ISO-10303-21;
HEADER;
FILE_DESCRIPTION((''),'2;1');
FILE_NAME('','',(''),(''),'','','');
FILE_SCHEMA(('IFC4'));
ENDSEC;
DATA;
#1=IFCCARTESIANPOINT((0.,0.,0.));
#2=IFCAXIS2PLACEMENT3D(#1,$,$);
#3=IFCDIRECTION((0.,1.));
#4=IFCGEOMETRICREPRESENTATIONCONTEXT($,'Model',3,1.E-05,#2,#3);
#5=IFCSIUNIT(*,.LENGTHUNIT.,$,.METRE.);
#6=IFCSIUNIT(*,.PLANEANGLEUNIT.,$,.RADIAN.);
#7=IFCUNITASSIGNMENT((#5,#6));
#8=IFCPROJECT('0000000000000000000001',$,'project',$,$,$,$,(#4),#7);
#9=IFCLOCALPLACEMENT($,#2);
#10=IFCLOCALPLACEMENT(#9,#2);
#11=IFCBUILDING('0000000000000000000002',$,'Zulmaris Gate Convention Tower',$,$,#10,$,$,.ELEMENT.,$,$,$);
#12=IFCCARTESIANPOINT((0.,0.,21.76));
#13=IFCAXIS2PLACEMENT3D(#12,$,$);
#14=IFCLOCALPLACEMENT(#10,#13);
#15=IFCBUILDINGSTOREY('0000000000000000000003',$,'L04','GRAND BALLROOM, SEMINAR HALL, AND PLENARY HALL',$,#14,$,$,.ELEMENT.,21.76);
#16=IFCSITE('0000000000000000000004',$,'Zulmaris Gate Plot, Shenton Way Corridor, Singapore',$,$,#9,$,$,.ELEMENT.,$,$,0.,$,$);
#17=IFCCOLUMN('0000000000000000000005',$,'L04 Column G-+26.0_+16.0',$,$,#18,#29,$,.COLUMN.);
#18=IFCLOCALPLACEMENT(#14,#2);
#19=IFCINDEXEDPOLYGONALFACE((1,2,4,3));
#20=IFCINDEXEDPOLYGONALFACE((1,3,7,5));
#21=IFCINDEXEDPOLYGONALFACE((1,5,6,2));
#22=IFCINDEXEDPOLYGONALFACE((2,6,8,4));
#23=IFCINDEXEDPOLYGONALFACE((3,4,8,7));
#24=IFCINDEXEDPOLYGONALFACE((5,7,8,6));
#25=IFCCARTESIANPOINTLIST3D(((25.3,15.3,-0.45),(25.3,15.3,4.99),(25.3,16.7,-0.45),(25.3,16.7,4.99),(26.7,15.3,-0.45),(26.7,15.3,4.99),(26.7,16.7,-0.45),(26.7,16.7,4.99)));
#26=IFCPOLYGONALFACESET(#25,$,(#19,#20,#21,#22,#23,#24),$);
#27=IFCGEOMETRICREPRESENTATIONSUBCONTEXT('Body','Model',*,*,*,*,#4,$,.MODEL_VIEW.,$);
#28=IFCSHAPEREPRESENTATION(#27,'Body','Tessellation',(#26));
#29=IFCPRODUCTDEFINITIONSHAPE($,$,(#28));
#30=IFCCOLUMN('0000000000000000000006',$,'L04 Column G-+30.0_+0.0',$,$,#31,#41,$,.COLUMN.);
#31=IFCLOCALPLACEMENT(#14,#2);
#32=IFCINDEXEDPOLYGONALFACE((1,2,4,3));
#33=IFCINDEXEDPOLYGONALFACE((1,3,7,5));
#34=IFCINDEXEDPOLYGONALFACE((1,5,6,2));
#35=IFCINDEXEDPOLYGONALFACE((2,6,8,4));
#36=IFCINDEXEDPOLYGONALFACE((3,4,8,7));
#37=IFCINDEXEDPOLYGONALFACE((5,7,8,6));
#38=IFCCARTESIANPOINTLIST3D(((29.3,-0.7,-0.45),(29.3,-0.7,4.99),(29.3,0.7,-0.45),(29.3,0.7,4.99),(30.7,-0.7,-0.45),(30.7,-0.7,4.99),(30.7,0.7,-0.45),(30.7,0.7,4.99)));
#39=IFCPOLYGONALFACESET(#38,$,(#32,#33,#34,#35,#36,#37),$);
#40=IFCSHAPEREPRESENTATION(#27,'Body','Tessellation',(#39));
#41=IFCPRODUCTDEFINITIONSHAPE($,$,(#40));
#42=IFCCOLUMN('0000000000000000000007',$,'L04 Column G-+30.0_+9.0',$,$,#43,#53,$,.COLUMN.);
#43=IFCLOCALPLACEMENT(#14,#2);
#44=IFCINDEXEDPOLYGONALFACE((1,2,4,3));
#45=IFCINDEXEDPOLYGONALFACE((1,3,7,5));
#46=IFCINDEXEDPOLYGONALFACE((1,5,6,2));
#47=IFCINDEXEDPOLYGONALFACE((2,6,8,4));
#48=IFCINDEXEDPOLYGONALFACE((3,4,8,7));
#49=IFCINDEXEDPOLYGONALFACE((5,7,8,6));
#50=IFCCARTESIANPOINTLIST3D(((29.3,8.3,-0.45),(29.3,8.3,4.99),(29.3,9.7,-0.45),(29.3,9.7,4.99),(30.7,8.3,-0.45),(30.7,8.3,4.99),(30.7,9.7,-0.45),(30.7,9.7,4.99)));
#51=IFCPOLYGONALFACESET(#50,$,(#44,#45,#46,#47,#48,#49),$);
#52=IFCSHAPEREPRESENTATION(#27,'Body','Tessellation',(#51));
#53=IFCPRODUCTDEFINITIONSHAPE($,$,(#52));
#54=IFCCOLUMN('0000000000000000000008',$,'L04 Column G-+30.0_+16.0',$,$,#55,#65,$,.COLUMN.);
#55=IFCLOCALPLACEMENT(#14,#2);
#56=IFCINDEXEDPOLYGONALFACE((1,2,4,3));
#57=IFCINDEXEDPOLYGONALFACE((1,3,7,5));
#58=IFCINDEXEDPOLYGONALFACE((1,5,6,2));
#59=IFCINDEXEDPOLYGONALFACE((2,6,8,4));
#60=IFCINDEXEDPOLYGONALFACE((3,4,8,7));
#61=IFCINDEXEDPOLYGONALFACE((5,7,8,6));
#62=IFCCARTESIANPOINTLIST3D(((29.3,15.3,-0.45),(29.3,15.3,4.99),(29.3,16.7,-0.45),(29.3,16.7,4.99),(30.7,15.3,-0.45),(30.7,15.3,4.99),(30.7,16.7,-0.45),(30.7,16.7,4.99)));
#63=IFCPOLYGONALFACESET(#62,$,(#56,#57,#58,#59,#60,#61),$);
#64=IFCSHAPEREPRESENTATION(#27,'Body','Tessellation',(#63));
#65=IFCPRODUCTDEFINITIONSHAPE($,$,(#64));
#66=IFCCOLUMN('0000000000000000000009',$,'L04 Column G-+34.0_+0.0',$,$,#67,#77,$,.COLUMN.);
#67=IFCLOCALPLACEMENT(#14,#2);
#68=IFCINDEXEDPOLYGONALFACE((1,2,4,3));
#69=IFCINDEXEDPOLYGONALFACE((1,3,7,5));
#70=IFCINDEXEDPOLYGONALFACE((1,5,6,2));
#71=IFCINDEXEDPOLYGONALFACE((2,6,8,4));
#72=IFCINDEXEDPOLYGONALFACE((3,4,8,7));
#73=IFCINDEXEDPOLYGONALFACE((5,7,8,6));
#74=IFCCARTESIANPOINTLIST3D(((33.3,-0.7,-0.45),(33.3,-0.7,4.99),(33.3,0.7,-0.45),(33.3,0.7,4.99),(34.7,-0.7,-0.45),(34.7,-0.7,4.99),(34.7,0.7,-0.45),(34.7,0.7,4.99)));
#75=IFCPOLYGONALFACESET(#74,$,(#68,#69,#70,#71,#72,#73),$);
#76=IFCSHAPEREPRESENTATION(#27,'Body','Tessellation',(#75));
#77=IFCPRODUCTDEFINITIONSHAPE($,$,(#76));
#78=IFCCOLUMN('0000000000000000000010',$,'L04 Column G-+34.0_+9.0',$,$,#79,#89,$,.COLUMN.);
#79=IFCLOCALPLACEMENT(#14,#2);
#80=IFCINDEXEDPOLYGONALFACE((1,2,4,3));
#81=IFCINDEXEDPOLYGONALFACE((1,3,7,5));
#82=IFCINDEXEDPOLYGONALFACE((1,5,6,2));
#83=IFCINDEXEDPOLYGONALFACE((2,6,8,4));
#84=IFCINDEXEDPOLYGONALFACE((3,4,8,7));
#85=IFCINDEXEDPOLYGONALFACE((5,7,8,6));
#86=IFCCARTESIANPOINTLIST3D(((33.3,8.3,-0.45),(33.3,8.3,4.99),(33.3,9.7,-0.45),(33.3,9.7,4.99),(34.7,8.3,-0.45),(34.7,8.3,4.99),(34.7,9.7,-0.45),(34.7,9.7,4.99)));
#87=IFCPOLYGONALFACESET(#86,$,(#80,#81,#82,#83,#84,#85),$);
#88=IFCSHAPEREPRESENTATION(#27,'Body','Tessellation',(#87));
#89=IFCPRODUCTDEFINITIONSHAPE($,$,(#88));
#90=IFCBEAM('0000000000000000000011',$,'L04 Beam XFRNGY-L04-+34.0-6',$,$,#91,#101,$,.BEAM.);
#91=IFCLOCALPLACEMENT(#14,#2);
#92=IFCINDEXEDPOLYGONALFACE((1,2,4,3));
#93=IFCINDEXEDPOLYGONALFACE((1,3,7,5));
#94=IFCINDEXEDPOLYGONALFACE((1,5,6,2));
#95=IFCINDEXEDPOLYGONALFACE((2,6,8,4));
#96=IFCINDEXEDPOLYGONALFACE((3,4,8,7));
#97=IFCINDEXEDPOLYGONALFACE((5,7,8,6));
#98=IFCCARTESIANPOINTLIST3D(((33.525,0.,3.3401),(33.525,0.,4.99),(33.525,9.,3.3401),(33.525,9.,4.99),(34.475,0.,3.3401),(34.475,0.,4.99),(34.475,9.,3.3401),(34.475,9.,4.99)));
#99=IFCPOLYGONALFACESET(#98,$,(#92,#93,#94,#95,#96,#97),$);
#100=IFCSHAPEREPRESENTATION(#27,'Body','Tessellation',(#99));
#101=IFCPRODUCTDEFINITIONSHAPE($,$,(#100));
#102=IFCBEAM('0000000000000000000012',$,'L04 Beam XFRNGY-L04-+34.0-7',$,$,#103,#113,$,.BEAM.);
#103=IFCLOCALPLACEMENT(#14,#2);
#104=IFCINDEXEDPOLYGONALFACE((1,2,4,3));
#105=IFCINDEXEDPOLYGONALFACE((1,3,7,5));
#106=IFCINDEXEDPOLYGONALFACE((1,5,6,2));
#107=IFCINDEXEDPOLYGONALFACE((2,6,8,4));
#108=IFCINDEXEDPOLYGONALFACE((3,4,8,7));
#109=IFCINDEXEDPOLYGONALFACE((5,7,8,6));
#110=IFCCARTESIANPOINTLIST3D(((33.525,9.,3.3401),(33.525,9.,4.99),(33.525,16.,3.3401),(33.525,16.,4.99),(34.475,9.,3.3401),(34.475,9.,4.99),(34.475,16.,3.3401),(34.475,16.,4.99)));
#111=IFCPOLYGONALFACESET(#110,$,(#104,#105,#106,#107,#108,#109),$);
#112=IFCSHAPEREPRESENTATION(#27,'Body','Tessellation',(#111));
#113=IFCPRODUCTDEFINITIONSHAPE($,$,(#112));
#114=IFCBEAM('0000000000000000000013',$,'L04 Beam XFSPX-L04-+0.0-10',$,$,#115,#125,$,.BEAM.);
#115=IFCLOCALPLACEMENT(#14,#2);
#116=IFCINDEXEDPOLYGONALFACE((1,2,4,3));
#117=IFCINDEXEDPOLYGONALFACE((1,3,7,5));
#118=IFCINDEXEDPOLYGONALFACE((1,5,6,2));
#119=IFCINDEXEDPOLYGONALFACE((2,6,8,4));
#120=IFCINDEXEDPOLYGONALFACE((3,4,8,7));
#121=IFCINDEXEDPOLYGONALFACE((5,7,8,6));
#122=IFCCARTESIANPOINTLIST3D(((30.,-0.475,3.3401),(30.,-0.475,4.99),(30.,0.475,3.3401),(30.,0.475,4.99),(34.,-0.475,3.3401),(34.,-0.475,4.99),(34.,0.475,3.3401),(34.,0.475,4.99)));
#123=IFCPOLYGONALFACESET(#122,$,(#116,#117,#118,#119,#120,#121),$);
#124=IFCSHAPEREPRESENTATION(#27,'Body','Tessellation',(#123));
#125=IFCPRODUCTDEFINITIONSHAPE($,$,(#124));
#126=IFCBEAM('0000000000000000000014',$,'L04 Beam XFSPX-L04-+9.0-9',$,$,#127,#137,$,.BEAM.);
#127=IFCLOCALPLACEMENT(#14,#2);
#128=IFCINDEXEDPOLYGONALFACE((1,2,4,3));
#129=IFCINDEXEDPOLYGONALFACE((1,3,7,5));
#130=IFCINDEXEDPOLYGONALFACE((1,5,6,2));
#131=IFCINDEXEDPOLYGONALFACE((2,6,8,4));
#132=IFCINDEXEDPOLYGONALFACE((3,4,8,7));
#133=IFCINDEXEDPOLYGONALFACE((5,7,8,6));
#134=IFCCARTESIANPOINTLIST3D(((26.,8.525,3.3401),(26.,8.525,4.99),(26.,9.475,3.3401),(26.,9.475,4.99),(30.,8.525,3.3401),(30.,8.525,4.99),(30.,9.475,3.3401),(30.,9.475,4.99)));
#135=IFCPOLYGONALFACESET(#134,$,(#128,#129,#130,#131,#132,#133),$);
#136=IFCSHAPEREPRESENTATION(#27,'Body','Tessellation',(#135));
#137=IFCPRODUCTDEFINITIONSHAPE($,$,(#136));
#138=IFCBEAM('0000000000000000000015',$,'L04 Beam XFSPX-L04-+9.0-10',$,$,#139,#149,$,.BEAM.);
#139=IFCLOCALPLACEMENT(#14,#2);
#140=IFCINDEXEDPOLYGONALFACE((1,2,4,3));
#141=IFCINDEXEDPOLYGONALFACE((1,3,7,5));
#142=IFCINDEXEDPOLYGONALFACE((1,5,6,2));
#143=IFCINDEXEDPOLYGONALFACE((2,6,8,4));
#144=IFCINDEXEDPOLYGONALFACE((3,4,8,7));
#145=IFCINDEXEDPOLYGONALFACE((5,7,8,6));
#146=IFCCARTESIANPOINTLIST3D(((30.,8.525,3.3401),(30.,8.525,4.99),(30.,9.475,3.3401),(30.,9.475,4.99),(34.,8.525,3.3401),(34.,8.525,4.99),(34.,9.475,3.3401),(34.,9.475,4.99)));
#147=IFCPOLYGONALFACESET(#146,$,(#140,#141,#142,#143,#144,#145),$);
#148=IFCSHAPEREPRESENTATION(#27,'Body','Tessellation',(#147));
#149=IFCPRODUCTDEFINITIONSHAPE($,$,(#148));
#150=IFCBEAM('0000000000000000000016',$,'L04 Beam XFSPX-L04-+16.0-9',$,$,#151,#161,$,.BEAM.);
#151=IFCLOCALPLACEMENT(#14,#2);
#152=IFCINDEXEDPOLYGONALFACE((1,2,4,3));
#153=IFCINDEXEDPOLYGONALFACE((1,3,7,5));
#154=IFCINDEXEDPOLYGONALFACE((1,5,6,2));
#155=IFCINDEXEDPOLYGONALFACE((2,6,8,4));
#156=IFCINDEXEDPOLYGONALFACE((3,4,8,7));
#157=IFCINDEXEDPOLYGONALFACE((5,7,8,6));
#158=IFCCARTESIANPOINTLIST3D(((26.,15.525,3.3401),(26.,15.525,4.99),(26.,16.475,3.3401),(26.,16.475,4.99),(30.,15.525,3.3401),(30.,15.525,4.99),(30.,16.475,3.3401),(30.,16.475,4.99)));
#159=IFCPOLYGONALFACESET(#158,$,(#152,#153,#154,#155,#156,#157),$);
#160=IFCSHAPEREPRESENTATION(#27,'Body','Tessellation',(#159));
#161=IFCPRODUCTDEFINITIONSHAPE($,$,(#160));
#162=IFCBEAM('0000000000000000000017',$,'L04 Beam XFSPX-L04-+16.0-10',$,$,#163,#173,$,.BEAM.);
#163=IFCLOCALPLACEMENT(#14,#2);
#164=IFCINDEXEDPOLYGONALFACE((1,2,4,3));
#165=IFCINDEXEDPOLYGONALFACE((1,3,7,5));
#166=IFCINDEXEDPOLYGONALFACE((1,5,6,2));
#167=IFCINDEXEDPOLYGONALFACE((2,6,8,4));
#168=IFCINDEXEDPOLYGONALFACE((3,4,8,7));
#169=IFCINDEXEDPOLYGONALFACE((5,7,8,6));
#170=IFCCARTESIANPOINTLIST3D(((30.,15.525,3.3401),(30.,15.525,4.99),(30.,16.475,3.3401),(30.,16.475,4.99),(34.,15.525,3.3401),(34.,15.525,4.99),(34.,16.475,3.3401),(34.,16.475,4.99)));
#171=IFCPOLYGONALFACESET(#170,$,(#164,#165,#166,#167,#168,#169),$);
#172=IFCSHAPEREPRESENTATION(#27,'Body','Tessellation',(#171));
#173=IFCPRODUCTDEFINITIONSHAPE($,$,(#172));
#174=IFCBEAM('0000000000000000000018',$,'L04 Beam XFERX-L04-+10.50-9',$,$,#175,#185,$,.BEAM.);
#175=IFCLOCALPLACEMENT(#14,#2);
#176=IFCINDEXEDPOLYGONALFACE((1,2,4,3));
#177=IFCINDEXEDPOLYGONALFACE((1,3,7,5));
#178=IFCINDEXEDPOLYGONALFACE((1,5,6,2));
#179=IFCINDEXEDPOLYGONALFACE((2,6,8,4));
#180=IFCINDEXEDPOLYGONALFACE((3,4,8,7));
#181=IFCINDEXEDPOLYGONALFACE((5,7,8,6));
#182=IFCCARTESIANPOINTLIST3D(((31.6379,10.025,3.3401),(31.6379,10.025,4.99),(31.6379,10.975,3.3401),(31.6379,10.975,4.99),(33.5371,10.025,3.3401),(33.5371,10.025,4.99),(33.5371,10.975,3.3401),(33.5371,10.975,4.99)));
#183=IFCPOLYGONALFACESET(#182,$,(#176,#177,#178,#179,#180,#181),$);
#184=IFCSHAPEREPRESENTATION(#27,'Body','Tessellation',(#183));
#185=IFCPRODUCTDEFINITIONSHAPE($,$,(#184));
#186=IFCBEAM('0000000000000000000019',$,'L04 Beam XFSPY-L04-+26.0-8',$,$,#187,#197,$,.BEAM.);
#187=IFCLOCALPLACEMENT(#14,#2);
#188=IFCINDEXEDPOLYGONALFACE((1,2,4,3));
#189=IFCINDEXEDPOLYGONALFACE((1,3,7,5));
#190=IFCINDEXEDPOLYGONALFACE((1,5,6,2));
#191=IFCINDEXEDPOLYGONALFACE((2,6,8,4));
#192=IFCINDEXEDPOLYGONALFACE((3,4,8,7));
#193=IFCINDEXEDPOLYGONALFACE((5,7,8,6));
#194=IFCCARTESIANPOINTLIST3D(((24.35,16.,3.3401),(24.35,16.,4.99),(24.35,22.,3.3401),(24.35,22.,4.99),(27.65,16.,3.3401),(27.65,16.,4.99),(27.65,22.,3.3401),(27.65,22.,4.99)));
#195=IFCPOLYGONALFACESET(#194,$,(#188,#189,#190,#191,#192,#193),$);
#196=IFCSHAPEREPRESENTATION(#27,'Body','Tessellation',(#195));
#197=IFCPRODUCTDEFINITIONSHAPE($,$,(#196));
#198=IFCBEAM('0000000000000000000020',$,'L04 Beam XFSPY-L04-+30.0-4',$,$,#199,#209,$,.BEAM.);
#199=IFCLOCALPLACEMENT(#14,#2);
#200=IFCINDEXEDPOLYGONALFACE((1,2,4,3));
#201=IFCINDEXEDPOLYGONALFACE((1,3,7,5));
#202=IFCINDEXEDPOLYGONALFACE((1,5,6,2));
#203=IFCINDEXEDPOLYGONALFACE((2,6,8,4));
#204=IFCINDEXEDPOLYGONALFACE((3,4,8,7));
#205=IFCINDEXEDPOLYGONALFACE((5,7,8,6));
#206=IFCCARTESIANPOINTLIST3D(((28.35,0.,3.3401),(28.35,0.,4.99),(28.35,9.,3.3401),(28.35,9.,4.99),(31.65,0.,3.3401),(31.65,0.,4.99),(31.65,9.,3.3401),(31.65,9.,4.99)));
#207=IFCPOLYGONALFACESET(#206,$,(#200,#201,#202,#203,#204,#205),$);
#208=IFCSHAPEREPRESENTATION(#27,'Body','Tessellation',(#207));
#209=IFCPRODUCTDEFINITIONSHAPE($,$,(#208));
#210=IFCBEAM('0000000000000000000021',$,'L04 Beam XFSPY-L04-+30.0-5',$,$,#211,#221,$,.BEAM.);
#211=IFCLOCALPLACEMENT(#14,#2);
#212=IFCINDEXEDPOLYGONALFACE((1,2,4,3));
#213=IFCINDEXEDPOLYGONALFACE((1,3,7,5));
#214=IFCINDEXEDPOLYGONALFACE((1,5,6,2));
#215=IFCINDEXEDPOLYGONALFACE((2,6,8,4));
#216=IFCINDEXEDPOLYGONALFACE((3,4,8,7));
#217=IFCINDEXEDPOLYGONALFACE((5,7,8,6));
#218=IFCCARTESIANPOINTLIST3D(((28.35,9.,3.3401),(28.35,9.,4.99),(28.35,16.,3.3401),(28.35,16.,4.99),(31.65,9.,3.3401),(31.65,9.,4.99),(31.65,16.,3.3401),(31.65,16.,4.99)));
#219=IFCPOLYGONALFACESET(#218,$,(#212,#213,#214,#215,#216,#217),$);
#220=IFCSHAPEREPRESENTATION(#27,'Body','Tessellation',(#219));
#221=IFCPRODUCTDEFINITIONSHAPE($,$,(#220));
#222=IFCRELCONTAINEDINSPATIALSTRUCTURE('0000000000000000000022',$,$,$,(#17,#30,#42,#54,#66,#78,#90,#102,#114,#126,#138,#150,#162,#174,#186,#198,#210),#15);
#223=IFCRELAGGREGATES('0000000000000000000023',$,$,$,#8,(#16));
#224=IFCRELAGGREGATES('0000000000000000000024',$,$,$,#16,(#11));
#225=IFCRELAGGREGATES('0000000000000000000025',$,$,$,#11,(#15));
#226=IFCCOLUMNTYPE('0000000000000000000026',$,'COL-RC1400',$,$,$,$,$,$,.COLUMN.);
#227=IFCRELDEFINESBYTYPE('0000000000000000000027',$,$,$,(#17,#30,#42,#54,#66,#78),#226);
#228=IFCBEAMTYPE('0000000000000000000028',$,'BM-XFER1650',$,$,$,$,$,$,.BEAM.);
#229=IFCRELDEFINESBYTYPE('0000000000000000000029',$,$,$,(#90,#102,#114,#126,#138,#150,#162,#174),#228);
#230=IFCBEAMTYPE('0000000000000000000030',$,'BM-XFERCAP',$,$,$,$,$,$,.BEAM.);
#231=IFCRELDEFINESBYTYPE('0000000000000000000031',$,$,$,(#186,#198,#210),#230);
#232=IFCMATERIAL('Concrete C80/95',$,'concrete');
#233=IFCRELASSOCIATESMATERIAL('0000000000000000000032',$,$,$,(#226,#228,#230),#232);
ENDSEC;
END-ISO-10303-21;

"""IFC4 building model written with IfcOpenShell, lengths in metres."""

from ifc_helpers import new_model, si_unit, direction, frame, origin, origin_2d, place, context, subcontext, project, spatial, rectangle, extrude, material, material_profile, profile_set, type_object, element, save


model = new_model("IFC4")

# Units and contexts
model_context = context("Model", 3, precision=1e-05, world=origin(), true_north=direction((0.0, 1.0)))
body_context = subcontext(model_context, "Body", "Model", "MODEL_VIEW")
ifc_project = project(units=[si_unit("LENGTHUNIT", "METRE"), si_unit("PLANEANGLEUNIT", "RADIAN")], contexts=[model_context])

# Site, building, storey
site_placement = place(None, origin())
site = spatial("IfcSite", under=ifc_project, at=site_placement, Name="Zulmaris Gate Plot, Shenton Way Corridor, Singapore", CompositionType="ELEMENT", RefElevation=0.0)
building_placement = place(site_placement, origin())
building = spatial("IfcBuilding", under=site, at=building_placement, Name="Zulmaris Gate Convention Tower", CompositionType="ELEMENT")
storey_placement = place(building_placement, frame((0.0, 0.0, 21.76)))
storey = spatial("IfcBuildingStorey", under=building, at=storey_placement, Name="L04", Description="GRAND BALLROOM, SEMINAR HALL, AND PLENARY HALL", CompositionType="ELEMENT", Elevation=21.76)

# Columns
ifc_material_1 = material(Name="Concrete C80/95", Category="concrete")
ifc_material_profile_1 = material_profile(ifc_material_1, rectangle(XDim=1.3999, YDim=1.3999, at=origin_2d()), Name="RC COL 1400x1400")
ifc_profile_set_1 = profile_set([ifc_material_profile_1], Name="Concrete C80/95")
column_type = type_object("IfcColumnType", Name="COL-RC1400", PredefinedType="COLUMN", material=ifc_profile_set_1)
for number, where, z_axis, x_axis, name in (
    (1, (26.0, 16.0, -0.45), (0.0, 0.0, 1.0), (1.0, 0.0, 0.0), "L04 Column G-+26.0_+16.0"),
    (2, (30.0, 0.0, -0.45), (0.0, 0.0, 1.0), (1.0, 0.0, 0.0), "L04 Column G-+30.0_+0.0"),
    (3, (30.0, 9.0, -0.45), (0.0, 0.0, 1.0), (1.0, 0.0, 0.0), "L04 Column G-+30.0_+9.0"),
    (4, (30.0, 16.0, -0.45), (0.0, 0.0, 1.0), (1.0, 0.0, 0.0), "L04 Column G-+30.0_+16.0"),
    (5, (34.0, 0.0, -0.45), (0.0, 0.0, 1.0), (1.0, 0.0, 0.0), "L04 Column G-+34.0_+0.0"),
    (6, (34.0, 9.0, -0.45), (0.0, 0.0, 1.0), (1.0, 0.0, 0.0), "L04 Column G-+34.0_+9.0"),
):
    element("IfcColumn", number, at=place(storey_placement, frame(where, z_axis=z_axis, x_axis=x_axis)), inside=storey, type_object=column_type, Name=name, PredefinedType="COLUMN", context=body_context, shape_type="SweptSolid", body=[
        extrude(rectangle(XDim=1.3999, YDim=1.3999, at=origin_2d()), origin(), (0.0, 0.0, 1.0), 5.4399),
    ])

# Beams
ifc_material_profile_2 = material_profile(ifc_material_1, rectangle(XDim=0.95, YDim=1.6499, at=origin_2d()), Name="RC TRANSFER 950x1650")
ifc_profile_set_2 = profile_set([ifc_material_profile_2], Name="Concrete C80/95")
beam_type_1 = type_object("IfcBeamType", Name="BM-XFER1650", PredefinedType="BEAM", material=ifc_profile_set_2)
beam_1_placement = place(storey_placement, frame((34.0, 0.0, 4.165), z_axis=(0.0, 1.0, 0.0), x_axis=(-1.0, 0.0, 0.0)))
element("IfcBeam", 7, at=beam_1_placement, inside=storey, type_object=beam_type_1, Name="L04 Beam XFRNGY-L04-+34.0-6", PredefinedType="BEAM", context=body_context, shape_type="SweptSolid", body=[
    extrude(rectangle(XDim=0.95, YDim=1.6499, at=origin_2d()), origin(), (0.0, 0.0, 1.0), 9.0),
])
beam_2_placement = place(storey_placement, frame((34.0, 9.0, 4.165), z_axis=(0.0, 1.0, 0.0), x_axis=(-1.0, 0.0, 0.0)))
element("IfcBeam", 8, at=beam_2_placement, inside=storey, type_object=beam_type_1, Name="L04 Beam XFRNGY-L04-+34.0-7", PredefinedType="BEAM", context=body_context, shape_type="SweptSolid", body=[
    extrude(rectangle(XDim=0.95, YDim=1.6499, at=origin_2d()), origin(), (0.0, 0.0, 1.0), 7.0),
])
for number, where, z_axis, x_axis, name in (
    (9, (30.0, 0.0, 4.165), (1.0, 0.0, 0.0), (0.0, 1.0, 0.0), "L04 Beam XFSPX-L04-+0.0-10"),
    (10, (26.0, 9.0, 4.165), (1.0, 0.0, 0.0), (0.0, 1.0, 0.0), "L04 Beam XFSPX-L04-+9.0-9"),
    (11, (30.0, 9.0, 4.165), (1.0, 0.0, 0.0), (0.0, 1.0, 0.0), "L04 Beam XFSPX-L04-+9.0-10"),
    (12, (26.0, 16.0, 4.165), (1.0, 0.0, 0.0), (0.0, 1.0, 0.0), "L04 Beam XFSPX-L04-+16.0-9"),
    (13, (30.0, 16.0, 4.165), (1.0, 0.0, 0.0), (0.0, 1.0, 0.0), "L04 Beam XFSPX-L04-+16.0-10"),
):
    element("IfcBeam", number, at=place(storey_placement, frame(where, z_axis=z_axis, x_axis=x_axis)), inside=storey, type_object=beam_type_1, Name=name, PredefinedType="BEAM", context=body_context, shape_type="SweptSolid", body=[
        extrude(rectangle(XDim=0.95, YDim=1.6499, at=origin_2d()), origin(), (0.0, 0.0, 1.0), 4.0),
    ])
beam_3_placement = place(storey_placement, frame((31.6379, 10.5, 4.165), z_axis=(1.0, 0.0, 0.0), x_axis=(0.0, 1.0, 0.0)))
element("IfcBeam", 14, at=beam_3_placement, inside=storey, type_object=beam_type_1, Name="L04 Beam XFERX-L04-+10.50-9", PredefinedType="BEAM", context=body_context, shape_type="SweptSolid", body=[
    extrude(rectangle(XDim=0.95, YDim=1.6499, at=origin_2d()), origin(), (0.0, 0.0, 1.0), 1.8992),
])
ifc_material_profile_3 = material_profile(ifc_material_1, rectangle(XDim=3.3, YDim=1.6499, at=origin_2d()), Name="RC TRANSFER 3300x1650")
ifc_profile_set_3 = profile_set([ifc_material_profile_3], Name="Concrete C80/95")
beam_type_2 = type_object("IfcBeamType", Name="BM-XFERCAP", PredefinedType="BEAM", material=ifc_profile_set_3)
beam_4_placement = place(storey_placement, frame((26.0, 16.0, 4.165), z_axis=(0.0, 1.0, 0.0), x_axis=(-1.0, 0.0, 0.0)))
element("IfcBeam", 15, at=beam_4_placement, inside=storey, type_object=beam_type_2, Name="L04 Beam XFSPY-L04-+26.0-8", PredefinedType="BEAM", context=body_context, shape_type="SweptSolid", body=[
    extrude(rectangle(XDim=3.3, YDim=1.6499, at=origin_2d()), origin(), (0.0, 0.0, 1.0), 6.0),
])
beam_5_placement = place(storey_placement, frame((30.0, 0.0, 4.165), z_axis=(0.0, 1.0, 0.0), x_axis=(-1.0, 0.0, 0.0)))
element("IfcBeam", 16, at=beam_5_placement, inside=storey, type_object=beam_type_2, Name="L04 Beam XFSPY-L04-+30.0-4", PredefinedType="BEAM", context=body_context, shape_type="SweptSolid", body=[
    extrude(rectangle(XDim=3.3, YDim=1.6499, at=origin_2d()), origin(), (0.0, 0.0, 1.0), 9.0),
])
beam_6_placement = place(storey_placement, frame((30.0, 9.0, 4.165), z_axis=(0.0, 1.0, 0.0), x_axis=(-1.0, 0.0, 0.0)))
element("IfcBeam", 17, at=beam_6_placement, inside=storey, type_object=beam_type_2, Name="L04 Beam XFSPY-L04-+30.0-5", PredefinedType="BEAM", context=body_context, shape_type="SweptSolid", body=[
    extrude(rectangle(XDim=3.3, YDim=1.6499, at=origin_2d()), origin(), (0.0, 0.0, 1.0), 7.0),
])

save(model, "model.ifc")
